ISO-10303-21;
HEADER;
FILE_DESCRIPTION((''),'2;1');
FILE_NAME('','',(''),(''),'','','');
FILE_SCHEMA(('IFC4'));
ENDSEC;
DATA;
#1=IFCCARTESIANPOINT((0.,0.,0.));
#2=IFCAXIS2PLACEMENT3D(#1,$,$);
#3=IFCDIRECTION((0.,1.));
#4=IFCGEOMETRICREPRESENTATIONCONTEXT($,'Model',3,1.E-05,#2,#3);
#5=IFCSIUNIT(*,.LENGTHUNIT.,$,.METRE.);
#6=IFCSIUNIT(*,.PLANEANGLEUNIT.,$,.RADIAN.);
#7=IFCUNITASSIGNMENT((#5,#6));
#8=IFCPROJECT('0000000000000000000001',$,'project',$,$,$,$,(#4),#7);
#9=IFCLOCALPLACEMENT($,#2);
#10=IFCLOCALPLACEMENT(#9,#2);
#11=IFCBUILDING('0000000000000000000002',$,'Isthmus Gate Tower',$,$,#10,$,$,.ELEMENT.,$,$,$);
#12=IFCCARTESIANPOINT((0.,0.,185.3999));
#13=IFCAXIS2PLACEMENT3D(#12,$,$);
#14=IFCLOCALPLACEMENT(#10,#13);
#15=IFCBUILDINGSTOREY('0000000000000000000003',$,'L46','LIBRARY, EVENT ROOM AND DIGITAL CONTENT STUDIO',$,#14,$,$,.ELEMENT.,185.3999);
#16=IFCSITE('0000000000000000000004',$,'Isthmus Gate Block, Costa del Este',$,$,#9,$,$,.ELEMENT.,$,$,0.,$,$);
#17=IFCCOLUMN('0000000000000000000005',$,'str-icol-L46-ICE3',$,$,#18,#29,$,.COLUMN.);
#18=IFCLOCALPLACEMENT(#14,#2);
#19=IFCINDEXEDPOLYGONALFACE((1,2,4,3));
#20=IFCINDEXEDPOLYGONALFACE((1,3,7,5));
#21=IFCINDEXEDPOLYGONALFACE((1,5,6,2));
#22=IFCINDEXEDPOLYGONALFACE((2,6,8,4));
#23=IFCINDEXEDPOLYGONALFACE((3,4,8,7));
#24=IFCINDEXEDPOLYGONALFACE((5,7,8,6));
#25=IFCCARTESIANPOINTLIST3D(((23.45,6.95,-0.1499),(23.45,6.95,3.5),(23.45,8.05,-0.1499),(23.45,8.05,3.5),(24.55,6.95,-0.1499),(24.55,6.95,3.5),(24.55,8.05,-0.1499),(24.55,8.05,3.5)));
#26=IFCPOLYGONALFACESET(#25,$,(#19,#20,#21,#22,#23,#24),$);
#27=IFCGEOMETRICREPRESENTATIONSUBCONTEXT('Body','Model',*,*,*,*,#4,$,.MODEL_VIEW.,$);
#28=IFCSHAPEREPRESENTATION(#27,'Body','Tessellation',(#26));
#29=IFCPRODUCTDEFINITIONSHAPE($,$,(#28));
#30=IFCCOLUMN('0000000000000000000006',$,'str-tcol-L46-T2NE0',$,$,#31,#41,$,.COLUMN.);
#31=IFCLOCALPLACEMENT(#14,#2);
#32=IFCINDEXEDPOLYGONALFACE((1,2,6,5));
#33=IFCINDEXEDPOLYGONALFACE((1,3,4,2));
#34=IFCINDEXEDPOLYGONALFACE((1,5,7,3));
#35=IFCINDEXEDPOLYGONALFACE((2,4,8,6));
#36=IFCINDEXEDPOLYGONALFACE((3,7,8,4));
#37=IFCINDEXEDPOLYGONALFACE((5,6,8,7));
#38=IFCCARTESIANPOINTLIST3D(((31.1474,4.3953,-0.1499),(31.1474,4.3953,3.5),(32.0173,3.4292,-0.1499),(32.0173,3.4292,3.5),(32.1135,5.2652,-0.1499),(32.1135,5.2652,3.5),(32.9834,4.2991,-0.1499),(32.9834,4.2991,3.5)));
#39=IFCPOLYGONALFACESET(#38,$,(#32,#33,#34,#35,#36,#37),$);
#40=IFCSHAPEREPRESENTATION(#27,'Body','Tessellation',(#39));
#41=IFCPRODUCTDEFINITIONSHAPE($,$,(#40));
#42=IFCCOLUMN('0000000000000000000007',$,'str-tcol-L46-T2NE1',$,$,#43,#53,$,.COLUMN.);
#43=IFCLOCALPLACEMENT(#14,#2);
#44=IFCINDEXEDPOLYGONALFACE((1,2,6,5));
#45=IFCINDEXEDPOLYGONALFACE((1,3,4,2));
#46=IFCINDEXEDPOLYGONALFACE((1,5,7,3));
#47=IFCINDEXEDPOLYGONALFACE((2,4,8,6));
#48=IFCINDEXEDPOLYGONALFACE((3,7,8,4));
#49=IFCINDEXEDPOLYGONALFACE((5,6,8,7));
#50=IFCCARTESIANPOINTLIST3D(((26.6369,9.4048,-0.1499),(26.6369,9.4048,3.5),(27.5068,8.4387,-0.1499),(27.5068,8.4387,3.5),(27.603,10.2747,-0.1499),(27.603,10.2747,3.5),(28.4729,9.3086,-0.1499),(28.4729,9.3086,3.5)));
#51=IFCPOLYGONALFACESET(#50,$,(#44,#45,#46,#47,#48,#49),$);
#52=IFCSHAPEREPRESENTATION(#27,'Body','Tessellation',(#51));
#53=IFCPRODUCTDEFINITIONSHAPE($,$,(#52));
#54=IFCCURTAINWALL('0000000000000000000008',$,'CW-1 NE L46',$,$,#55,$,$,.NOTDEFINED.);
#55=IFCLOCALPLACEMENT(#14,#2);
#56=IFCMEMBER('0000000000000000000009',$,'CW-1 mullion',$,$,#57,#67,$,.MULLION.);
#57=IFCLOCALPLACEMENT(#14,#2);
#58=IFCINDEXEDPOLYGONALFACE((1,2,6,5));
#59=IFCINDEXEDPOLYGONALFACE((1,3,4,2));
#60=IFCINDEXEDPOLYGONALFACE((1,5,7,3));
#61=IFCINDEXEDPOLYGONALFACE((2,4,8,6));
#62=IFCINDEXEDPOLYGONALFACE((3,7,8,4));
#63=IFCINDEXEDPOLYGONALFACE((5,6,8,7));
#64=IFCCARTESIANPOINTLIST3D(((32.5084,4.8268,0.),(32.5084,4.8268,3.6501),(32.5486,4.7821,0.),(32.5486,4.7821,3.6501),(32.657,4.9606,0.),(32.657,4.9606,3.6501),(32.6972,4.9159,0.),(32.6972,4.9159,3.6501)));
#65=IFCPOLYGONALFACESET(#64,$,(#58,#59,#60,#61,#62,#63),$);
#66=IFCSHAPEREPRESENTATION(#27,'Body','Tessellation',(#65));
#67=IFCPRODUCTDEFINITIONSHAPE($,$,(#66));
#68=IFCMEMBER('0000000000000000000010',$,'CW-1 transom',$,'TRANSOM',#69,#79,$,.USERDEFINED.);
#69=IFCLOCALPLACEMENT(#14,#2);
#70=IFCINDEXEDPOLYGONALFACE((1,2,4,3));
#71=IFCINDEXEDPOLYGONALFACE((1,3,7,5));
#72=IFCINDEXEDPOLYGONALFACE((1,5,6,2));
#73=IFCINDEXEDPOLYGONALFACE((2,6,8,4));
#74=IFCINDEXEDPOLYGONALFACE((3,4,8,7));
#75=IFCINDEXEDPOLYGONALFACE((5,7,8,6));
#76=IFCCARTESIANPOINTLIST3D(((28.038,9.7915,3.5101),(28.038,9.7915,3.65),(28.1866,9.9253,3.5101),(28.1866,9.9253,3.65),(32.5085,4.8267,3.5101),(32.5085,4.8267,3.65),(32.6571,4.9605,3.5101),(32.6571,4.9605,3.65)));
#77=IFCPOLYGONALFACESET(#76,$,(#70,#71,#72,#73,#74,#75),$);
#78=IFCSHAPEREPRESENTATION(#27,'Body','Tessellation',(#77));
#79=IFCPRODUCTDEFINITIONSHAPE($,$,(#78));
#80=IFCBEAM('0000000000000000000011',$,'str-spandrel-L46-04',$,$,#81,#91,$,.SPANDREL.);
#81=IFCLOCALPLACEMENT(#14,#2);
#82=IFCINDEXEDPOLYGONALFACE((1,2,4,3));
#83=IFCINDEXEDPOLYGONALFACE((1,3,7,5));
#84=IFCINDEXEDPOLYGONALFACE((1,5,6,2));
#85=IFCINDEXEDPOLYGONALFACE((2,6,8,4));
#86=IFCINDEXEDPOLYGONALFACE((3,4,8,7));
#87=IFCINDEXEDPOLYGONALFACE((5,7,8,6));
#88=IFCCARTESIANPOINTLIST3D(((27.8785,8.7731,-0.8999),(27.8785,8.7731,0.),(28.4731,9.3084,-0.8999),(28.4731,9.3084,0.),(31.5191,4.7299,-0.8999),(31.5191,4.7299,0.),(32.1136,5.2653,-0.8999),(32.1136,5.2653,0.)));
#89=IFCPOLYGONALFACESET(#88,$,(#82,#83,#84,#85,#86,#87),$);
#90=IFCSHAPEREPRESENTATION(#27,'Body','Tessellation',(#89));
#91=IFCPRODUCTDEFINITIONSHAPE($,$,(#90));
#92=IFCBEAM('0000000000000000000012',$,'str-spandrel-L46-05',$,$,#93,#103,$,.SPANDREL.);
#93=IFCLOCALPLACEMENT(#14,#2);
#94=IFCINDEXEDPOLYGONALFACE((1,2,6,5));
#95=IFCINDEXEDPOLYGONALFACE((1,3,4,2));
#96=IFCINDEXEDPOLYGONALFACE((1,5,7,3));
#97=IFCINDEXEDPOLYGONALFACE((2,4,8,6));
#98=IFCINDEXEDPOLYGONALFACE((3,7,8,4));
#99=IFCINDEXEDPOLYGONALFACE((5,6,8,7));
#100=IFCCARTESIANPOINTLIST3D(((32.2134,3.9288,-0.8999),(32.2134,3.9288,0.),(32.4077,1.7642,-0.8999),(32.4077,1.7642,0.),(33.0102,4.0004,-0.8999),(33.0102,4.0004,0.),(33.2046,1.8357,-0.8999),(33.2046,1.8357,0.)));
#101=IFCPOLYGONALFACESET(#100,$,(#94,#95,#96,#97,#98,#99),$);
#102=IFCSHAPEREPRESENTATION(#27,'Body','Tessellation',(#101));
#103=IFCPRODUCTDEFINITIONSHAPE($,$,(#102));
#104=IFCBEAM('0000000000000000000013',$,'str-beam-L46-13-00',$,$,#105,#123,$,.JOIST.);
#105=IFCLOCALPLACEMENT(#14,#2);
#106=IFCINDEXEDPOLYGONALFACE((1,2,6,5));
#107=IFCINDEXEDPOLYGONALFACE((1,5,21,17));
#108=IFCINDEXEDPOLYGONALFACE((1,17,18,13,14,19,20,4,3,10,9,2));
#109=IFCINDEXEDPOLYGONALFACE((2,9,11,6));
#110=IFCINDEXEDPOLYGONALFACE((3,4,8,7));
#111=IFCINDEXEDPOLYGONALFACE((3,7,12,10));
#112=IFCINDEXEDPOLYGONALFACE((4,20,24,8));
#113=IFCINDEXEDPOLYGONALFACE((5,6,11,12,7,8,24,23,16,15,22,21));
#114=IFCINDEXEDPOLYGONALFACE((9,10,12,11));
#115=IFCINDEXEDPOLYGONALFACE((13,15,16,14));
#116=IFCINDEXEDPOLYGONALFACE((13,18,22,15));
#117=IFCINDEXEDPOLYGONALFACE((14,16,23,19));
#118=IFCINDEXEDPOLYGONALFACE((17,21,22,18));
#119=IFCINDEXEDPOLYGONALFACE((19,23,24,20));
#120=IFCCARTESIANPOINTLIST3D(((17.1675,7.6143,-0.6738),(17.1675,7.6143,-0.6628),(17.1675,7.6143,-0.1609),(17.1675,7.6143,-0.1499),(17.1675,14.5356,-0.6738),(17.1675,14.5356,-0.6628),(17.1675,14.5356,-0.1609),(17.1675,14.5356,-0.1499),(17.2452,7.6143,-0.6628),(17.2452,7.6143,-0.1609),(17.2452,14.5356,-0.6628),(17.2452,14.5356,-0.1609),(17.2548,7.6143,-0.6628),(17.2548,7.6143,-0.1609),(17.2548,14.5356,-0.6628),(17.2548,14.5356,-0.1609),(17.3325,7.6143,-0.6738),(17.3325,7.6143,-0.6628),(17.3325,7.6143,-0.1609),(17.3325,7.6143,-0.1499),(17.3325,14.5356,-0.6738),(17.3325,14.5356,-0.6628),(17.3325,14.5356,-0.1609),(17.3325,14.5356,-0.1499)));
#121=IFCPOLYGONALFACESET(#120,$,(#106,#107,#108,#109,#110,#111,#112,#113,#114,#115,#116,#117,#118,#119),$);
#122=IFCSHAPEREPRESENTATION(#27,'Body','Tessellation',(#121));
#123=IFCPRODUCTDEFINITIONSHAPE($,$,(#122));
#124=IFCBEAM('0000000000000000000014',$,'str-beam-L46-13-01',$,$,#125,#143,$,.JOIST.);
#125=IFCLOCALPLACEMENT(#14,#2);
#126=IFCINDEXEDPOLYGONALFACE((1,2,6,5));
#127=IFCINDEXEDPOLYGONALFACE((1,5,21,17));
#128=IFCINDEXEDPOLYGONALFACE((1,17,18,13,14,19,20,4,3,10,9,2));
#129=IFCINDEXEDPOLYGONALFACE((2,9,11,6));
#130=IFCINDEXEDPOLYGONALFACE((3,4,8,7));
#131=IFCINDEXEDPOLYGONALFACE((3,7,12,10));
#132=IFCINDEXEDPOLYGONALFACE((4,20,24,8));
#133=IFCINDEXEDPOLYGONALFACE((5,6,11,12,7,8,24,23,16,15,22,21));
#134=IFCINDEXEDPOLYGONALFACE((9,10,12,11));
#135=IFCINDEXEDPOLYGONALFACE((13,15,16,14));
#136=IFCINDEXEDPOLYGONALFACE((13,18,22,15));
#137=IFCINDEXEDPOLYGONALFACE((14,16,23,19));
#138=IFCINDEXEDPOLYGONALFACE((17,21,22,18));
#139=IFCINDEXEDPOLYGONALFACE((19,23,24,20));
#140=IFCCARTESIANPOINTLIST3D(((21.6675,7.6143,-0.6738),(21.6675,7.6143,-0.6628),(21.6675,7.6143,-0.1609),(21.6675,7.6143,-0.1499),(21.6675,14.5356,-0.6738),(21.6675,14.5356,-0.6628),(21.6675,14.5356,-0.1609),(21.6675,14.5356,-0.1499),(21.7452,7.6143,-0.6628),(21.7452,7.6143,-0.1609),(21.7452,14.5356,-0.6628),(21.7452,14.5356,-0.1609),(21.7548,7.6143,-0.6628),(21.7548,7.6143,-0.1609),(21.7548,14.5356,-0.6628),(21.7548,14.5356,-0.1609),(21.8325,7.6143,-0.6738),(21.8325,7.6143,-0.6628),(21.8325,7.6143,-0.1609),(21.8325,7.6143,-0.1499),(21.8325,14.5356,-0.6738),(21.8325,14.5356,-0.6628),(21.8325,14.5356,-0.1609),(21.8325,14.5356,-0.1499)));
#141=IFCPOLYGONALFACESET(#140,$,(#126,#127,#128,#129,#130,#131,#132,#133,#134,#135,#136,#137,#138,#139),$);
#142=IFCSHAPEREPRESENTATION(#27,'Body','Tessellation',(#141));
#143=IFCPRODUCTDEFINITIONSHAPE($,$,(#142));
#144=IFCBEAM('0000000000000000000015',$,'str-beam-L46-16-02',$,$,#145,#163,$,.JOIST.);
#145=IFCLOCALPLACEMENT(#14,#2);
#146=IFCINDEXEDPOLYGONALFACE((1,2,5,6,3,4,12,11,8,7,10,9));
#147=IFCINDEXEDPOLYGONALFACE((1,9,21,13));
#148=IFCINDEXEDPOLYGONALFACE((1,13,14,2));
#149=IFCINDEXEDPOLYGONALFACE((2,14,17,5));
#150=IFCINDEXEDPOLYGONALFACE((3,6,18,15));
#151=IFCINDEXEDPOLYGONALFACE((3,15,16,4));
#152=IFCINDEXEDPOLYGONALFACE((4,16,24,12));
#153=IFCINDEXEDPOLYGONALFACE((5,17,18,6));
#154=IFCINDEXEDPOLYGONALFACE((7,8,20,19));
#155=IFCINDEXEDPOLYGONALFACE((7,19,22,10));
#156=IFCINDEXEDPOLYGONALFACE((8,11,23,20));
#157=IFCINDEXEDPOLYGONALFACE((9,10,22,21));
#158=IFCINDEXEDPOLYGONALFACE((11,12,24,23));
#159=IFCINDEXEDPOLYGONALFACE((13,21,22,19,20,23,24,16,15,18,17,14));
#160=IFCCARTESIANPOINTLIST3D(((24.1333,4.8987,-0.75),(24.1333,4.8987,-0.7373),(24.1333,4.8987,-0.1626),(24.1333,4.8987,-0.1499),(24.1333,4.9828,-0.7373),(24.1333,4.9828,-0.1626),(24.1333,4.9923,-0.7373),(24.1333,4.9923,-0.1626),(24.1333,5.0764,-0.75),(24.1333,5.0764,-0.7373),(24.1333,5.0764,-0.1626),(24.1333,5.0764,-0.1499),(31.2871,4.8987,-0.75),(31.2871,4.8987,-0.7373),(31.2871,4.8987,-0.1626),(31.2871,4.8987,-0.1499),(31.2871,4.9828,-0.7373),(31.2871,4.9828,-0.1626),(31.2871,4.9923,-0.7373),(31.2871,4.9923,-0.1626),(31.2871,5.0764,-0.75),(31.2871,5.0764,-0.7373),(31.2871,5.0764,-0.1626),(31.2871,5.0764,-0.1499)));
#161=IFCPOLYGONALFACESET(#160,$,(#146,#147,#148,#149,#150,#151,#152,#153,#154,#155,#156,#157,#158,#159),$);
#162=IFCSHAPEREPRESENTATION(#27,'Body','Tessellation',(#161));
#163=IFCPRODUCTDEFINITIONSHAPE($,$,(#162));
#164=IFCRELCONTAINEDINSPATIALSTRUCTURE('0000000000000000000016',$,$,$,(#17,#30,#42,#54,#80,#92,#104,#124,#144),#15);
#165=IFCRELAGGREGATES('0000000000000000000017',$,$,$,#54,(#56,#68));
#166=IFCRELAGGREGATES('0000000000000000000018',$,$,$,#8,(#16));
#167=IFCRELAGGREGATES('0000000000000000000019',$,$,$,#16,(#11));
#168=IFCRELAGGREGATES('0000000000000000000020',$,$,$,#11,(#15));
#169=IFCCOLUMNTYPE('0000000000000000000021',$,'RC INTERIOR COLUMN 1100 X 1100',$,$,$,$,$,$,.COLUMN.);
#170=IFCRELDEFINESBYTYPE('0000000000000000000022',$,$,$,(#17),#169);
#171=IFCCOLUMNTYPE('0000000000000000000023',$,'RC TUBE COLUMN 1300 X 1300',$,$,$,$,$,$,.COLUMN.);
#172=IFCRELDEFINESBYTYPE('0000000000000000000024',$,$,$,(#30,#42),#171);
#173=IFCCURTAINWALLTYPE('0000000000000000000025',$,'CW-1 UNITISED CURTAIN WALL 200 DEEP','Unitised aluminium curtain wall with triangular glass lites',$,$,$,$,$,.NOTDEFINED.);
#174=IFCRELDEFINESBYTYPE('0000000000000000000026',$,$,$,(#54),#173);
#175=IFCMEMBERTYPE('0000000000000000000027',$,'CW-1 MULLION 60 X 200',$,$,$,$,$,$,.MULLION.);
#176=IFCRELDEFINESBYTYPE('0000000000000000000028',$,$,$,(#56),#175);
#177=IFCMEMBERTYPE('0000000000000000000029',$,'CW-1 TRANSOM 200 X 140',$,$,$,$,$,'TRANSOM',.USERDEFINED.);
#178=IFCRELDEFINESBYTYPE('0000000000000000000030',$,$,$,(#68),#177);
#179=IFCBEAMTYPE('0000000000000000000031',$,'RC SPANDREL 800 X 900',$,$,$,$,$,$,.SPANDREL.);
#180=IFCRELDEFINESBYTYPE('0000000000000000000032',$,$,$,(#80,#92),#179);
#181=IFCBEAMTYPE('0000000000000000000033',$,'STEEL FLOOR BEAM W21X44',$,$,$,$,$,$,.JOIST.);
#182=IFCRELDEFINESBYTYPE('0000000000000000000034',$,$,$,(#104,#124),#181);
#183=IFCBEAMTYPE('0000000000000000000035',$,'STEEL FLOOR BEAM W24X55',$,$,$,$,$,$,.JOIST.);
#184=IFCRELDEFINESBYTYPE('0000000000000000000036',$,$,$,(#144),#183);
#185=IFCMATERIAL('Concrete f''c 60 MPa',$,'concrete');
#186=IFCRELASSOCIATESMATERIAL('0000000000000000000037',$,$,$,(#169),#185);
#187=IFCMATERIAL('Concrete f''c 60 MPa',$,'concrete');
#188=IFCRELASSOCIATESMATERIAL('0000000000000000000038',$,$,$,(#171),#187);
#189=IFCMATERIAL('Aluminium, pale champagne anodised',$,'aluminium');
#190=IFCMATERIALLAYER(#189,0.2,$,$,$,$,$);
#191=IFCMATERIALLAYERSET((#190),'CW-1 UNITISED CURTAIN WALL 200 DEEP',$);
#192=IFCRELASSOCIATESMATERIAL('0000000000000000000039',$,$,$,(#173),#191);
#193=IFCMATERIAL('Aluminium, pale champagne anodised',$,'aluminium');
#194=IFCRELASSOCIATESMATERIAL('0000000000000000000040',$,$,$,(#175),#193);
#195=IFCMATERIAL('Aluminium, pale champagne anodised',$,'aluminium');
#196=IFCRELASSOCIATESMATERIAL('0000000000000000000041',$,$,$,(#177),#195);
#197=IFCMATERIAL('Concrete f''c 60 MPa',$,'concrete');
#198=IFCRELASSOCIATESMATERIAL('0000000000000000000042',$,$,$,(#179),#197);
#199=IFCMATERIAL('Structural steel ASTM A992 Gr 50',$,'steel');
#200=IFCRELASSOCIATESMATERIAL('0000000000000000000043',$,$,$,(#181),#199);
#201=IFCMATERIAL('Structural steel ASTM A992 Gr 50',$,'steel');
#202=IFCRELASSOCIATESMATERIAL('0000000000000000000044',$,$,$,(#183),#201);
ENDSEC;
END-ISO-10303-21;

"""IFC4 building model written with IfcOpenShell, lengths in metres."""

from ifc_helpers import new_model, si_unit, direction, frame, origin, origin_2d, place, context, subcontext, project, spatial, rectangle, i_section, extrude, material, layer, layer_set, material_profile, profile_set, type_object, element, aggregate, save


model = new_model("IFC4")

# Units and contexts
model_context = context("Model", 3, precision=1e-05, world=origin(), true_north=direction((0.0, 1.0)))
body_context = subcontext(model_context, "Body", "Model", "MODEL_VIEW")
ifc_project = project(units=[si_unit("LENGTHUNIT", "METRE"), si_unit("PLANEANGLEUNIT", "RADIAN")], contexts=[model_context])

# Site, building, storey
site_placement = place(None, origin())
site = spatial("IfcSite", under=ifc_project, at=site_placement, Name="Isthmus Gate Block, Costa del Este", CompositionType="ELEMENT", RefElevation=0.0)
building_placement = place(site_placement, origin())
building = spatial("IfcBuilding", under=site, at=building_placement, Name="Isthmus Gate Tower", CompositionType="ELEMENT")
storey_placement = place(building_placement, frame((0.0, 0.0, 185.3999)))
storey = spatial("IfcBuildingStorey", under=building, at=storey_placement, Name="L46", Description="LIBRARY, EVENT ROOM AND DIGITAL CONTENT STUDIO", CompositionType="ELEMENT", Elevation=185.3999)

# Columns
ifc_material_1 = material(Name="Concrete f'c 60 MPa", Category="concrete")
ifc_material_profile_1 = material_profile(ifc_material_1, rectangle(XDim=1.1001, YDim=1.1001, at=origin_2d()), Name="RC 1100X1100")
ifc_profile_set_1 = profile_set([ifc_material_profile_1], Name="Concrete f'c 60 MPa")
column_type_1 = type_object("IfcColumnType", Name="RC INTERIOR COLUMN 1100 X 1100", PredefinedType="COLUMN", material=ifc_profile_set_1)
column_placement = place(storey_placement, frame((24.0, 7.5, -0.1499), z_axis=(0.0, 0.0, 1.0), x_axis=(1.0, 0.0, 0.0)))
element("IfcColumn", 1, at=column_placement, inside=storey, type_object=column_type_1, Name="str-icol-L46-ICE3", PredefinedType="COLUMN", context=body_context, shape_type="SweptSolid", body=[
    extrude(rectangle(XDim=1.1001, YDim=1.1001, at=origin_2d()), origin(), (0.0, 0.0, 1.0), 3.6499),
])
ifc_material_2 = material(Name="Concrete f'c 60 MPa", Category="concrete")
ifc_material_profile_2 = material_profile(ifc_material_2, rectangle(XDim=1.3, YDim=1.3, at=origin_2d()), Name="RC 1300X1300")
ifc_profile_set_2 = profile_set([ifc_material_profile_2], Name="Concrete f'c 60 MPa")
column_type_2 = type_object("IfcColumnType", Name="RC TUBE COLUMN 1300 X 1300", PredefinedType="COLUMN", material=ifc_profile_set_2)
for number, where, z_axis, x_axis, name in (
    (2, (32.0654, 4.3472, -0.1499), (0.0, 0.0, 1.0), (-0.669131, 0.743145, 0.0), "str-tcol-L46-T2NE0"),
    (3, (27.5549, 9.3567, -0.1499), (0.0, 0.0, 1.0), (-0.669131, 0.743145, 0.0), "str-tcol-L46-T2NE1"),
):
    element("IfcColumn", number, at=place(storey_placement, frame(where, z_axis=z_axis, x_axis=x_axis)), inside=storey, type_object=column_type_2, Name=name, PredefinedType="COLUMN", context=body_context, shape_type="SweptSolid", body=[
        extrude(rectangle(XDim=1.3, YDim=1.3, at=origin_2d()), origin(), (0.0, 0.0, 1.0), 3.6499),
    ])

# Curtain wall, members
ifc_material_3 = material(Name="Aluminium, pale champagne anodised", Category="aluminium")
ifc_layer_1 = layer(ifc_material_3, 0.2)
ifc_layer_set_1 = layer_set([ifc_layer_1], Name="CW-1 UNITISED CURTAIN WALL 200 DEEP")
curtain_wall_type = type_object("IfcCurtainWallType", Name="CW-1 UNITISED CURTAIN WALL 200 DEEP", Description="Unitised aluminium curtain wall with triangular glass lites", PredefinedType="NOTDEFINED", material=ifc_layer_set_1)
curtain_wall_1_placement = place(storey_placement, origin())
curtain_wall_1 = element("IfcCurtainWall", 4, at=curtain_wall_1_placement, inside=storey, type_object=curtain_wall_type, Name="CW-1 NE L46", PredefinedType="NOTDEFINED")
ifc_material_4 = material(Name="Aluminium, pale champagne anodised", Category="aluminium")
ifc_material_profile_3 = material_profile(ifc_material_4, rectangle(XDim=0.0601, YDim=0.2, at=origin_2d()), Name="60x200")
ifc_profile_set_3 = profile_set([ifc_material_profile_3], Name="Aluminium, pale champagne anodised")
member_type_1 = type_object("IfcMemberType", Name="CW-1 MULLION 60 X 200", PredefinedType="MULLION", material=ifc_profile_set_3)
member_1_placement = place(storey_placement, frame((32.6028, 4.8713, 0.0), z_axis=(0.0, 0.0, 1.0), x_axis=(-0.669131, 0.743145, 0.0)))
member_1 = element("IfcMember", 5, at=member_1_placement, type_object=member_type_1, Name="CW-1 mullion", PredefinedType="MULLION", context=body_context, shape_type="SweptSolid", body=[
    extrude(rectangle(XDim=0.0601, YDim=0.2, at=origin_2d()), origin(), (0.0, 0.0, 1.0), 3.6501),
])
ifc_material_5 = material(Name="Aluminium, pale champagne anodised", Category="aluminium")
ifc_material_profile_4 = material_profile(ifc_material_5, rectangle(XDim=0.2, YDim=0.1399, at=origin_2d()), Name="200x140")
ifc_profile_set_4 = profile_set([ifc_material_profile_4], Name="Aluminium, pale champagne anodised")
member_type_2 = type_object("IfcMemberType", Name="CW-1 TRANSOM 200 X 140", ElementType="TRANSOM", PredefinedType="USERDEFINED", material=ifc_profile_set_4)
member_2_placement = place(storey_placement, frame((32.5828, 4.8936, 3.5801), z_axis=(-0.669138, 0.743138, 0.0), x_axis=(-0.743138, -0.669138, 0.0)))
member_2 = element("IfcMember", 6, at=member_2_placement, type_object=member_type_2, Name="CW-1 transom", ObjectType="TRANSOM", PredefinedType="USERDEFINED", context=body_context, shape_type="SweptSolid", body=[
    extrude(rectangle(XDim=0.2, YDim=0.1399, at=origin_2d()), origin(), (0.0, 0.0, 1.0), 6.6809),
])

# Beams
ifc_material_6 = material(Name="Concrete f'c 60 MPa", Category="concrete")
ifc_material_profile_5 = material_profile(ifc_material_6, rectangle(XDim=0.8, YDim=0.8999, at=origin_2d()), Name="RC 800X900")
ifc_profile_set_5 = profile_set([ifc_material_profile_5], Name="Concrete f'c 60 MPa")
beam_type_1 = type_object("IfcBeamType", Name="RC SPANDREL 800 X 900", PredefinedType="SPANDREL", material=ifc_profile_set_5)
beam_1_placement = place(storey_placement, frame((28.1758, 9.0408, -0.45), z_axis=(0.669141, -0.743136, 0.0), x_axis=(0.743136, 0.669141, 0.0)))
element("IfcBeam", 7, at=beam_1_placement, inside=storey, type_object=beam_type_1, Name="str-spandrel-L46-04", PredefinedType="SPANDREL", context=body_context, shape_type="SweptSolid", body=[
    extrude(rectangle(XDim=0.8, YDim=0.8999, at=origin_2d()), origin(), (0.0, 0.0, 1.0), 5.4407),
])
beam_2_placement = place(storey_placement, frame((32.6118, 3.9646, -0.45), z_axis=(0.089422, -0.995994, 0.0), x_axis=(0.995994, 0.089422, 0.0)))
element("IfcBeam", 8, at=beam_2_placement, inside=storey, type_object=beam_type_1, Name="str-spandrel-L46-05", PredefinedType="SPANDREL", context=body_context, shape_type="SweptSolid", body=[
    extrude(rectangle(XDim=0.8, YDim=0.8999, at=origin_2d()), origin(), (0.0, 0.0, 1.0), 2.1733),
])
ifc_material_7 = material(Name="Structural steel ASTM A992 Gr 50", Category="steel")
ifc_material_profile_6 = material_profile(ifc_material_7, i_section(OverallWidth=0.165, OverallDepth=0.5239, WebThickness=0.0095, FlangeThickness=0.011, at=origin_2d()), Name="W21X44")
ifc_profile_set_6 = profile_set([ifc_material_profile_6], Name="Structural steel ASTM A992 Gr 50")
beam_type_2 = type_object("IfcBeamType", Name="STEEL FLOOR BEAM W21X44", PredefinedType="JOIST", material=ifc_profile_set_6)
for number, where, z_axis, x_axis, name in (
    (9, (17.25, 7.6143, -0.4119), (0.0, 1.0, 0.0), (-1.0, 0.0, 0.0), "str-beam-L46-13-00"),
    (10, (21.75, 7.6143, -0.4119), (0.0, 1.0, 0.0), (-1.0, 0.0, 0.0), "str-beam-L46-13-01"),
):
    element("IfcBeam", number, at=place(storey_placement, frame(where, z_axis=z_axis, x_axis=x_axis)), inside=storey, type_object=beam_type_2, Name=name, PredefinedType="JOIST", context=body_context, shape_type="SweptSolid", body=[
        extrude(i_section(OverallWidth=0.165, OverallDepth=0.5239, WebThickness=0.0095, FlangeThickness=0.011, at=origin_2d()), origin(), (0.0, 0.0, 1.0), 6.9214),
    ])
ifc_material_8 = material(Name="Structural steel ASTM A992 Gr 50", Category="steel")
ifc_material_profile_7 = material_profile(ifc_material_8, i_section(OverallWidth=0.1777, OverallDepth=0.6001, WebThickness=0.0095, FlangeThickness=0.0127, at=origin_2d()), Name="W24X55")
ifc_profile_set_7 = profile_set([ifc_material_profile_7], Name="Structural steel ASTM A992 Gr 50")
beam_type_3 = type_object("IfcBeamType", Name="STEEL FLOOR BEAM W24X55", PredefinedType="JOIST", material=ifc_profile_set_7)
beam_3_placement = place(storey_placement, frame((24.1333, 4.9875, -0.45), z_axis=(1.0, 0.0, 0.0), x_axis=(0.0, 1.0, 0.0)))
element("IfcBeam", 11, at=beam_3_placement, inside=storey, type_object=beam_type_3, Name="str-beam-L46-16-02", PredefinedType="JOIST", context=body_context, shape_type="SweptSolid", body=[
    extrude(i_section(OverallWidth=0.1777, OverallDepth=0.6001, WebThickness=0.0095, FlangeThickness=0.0127, at=origin_2d()), origin(), (0.0, 0.0, 1.0), 7.1538),
])

aggregate(curtain_wall_1, [member_1, member_2])

save(model, "model.ifc")
